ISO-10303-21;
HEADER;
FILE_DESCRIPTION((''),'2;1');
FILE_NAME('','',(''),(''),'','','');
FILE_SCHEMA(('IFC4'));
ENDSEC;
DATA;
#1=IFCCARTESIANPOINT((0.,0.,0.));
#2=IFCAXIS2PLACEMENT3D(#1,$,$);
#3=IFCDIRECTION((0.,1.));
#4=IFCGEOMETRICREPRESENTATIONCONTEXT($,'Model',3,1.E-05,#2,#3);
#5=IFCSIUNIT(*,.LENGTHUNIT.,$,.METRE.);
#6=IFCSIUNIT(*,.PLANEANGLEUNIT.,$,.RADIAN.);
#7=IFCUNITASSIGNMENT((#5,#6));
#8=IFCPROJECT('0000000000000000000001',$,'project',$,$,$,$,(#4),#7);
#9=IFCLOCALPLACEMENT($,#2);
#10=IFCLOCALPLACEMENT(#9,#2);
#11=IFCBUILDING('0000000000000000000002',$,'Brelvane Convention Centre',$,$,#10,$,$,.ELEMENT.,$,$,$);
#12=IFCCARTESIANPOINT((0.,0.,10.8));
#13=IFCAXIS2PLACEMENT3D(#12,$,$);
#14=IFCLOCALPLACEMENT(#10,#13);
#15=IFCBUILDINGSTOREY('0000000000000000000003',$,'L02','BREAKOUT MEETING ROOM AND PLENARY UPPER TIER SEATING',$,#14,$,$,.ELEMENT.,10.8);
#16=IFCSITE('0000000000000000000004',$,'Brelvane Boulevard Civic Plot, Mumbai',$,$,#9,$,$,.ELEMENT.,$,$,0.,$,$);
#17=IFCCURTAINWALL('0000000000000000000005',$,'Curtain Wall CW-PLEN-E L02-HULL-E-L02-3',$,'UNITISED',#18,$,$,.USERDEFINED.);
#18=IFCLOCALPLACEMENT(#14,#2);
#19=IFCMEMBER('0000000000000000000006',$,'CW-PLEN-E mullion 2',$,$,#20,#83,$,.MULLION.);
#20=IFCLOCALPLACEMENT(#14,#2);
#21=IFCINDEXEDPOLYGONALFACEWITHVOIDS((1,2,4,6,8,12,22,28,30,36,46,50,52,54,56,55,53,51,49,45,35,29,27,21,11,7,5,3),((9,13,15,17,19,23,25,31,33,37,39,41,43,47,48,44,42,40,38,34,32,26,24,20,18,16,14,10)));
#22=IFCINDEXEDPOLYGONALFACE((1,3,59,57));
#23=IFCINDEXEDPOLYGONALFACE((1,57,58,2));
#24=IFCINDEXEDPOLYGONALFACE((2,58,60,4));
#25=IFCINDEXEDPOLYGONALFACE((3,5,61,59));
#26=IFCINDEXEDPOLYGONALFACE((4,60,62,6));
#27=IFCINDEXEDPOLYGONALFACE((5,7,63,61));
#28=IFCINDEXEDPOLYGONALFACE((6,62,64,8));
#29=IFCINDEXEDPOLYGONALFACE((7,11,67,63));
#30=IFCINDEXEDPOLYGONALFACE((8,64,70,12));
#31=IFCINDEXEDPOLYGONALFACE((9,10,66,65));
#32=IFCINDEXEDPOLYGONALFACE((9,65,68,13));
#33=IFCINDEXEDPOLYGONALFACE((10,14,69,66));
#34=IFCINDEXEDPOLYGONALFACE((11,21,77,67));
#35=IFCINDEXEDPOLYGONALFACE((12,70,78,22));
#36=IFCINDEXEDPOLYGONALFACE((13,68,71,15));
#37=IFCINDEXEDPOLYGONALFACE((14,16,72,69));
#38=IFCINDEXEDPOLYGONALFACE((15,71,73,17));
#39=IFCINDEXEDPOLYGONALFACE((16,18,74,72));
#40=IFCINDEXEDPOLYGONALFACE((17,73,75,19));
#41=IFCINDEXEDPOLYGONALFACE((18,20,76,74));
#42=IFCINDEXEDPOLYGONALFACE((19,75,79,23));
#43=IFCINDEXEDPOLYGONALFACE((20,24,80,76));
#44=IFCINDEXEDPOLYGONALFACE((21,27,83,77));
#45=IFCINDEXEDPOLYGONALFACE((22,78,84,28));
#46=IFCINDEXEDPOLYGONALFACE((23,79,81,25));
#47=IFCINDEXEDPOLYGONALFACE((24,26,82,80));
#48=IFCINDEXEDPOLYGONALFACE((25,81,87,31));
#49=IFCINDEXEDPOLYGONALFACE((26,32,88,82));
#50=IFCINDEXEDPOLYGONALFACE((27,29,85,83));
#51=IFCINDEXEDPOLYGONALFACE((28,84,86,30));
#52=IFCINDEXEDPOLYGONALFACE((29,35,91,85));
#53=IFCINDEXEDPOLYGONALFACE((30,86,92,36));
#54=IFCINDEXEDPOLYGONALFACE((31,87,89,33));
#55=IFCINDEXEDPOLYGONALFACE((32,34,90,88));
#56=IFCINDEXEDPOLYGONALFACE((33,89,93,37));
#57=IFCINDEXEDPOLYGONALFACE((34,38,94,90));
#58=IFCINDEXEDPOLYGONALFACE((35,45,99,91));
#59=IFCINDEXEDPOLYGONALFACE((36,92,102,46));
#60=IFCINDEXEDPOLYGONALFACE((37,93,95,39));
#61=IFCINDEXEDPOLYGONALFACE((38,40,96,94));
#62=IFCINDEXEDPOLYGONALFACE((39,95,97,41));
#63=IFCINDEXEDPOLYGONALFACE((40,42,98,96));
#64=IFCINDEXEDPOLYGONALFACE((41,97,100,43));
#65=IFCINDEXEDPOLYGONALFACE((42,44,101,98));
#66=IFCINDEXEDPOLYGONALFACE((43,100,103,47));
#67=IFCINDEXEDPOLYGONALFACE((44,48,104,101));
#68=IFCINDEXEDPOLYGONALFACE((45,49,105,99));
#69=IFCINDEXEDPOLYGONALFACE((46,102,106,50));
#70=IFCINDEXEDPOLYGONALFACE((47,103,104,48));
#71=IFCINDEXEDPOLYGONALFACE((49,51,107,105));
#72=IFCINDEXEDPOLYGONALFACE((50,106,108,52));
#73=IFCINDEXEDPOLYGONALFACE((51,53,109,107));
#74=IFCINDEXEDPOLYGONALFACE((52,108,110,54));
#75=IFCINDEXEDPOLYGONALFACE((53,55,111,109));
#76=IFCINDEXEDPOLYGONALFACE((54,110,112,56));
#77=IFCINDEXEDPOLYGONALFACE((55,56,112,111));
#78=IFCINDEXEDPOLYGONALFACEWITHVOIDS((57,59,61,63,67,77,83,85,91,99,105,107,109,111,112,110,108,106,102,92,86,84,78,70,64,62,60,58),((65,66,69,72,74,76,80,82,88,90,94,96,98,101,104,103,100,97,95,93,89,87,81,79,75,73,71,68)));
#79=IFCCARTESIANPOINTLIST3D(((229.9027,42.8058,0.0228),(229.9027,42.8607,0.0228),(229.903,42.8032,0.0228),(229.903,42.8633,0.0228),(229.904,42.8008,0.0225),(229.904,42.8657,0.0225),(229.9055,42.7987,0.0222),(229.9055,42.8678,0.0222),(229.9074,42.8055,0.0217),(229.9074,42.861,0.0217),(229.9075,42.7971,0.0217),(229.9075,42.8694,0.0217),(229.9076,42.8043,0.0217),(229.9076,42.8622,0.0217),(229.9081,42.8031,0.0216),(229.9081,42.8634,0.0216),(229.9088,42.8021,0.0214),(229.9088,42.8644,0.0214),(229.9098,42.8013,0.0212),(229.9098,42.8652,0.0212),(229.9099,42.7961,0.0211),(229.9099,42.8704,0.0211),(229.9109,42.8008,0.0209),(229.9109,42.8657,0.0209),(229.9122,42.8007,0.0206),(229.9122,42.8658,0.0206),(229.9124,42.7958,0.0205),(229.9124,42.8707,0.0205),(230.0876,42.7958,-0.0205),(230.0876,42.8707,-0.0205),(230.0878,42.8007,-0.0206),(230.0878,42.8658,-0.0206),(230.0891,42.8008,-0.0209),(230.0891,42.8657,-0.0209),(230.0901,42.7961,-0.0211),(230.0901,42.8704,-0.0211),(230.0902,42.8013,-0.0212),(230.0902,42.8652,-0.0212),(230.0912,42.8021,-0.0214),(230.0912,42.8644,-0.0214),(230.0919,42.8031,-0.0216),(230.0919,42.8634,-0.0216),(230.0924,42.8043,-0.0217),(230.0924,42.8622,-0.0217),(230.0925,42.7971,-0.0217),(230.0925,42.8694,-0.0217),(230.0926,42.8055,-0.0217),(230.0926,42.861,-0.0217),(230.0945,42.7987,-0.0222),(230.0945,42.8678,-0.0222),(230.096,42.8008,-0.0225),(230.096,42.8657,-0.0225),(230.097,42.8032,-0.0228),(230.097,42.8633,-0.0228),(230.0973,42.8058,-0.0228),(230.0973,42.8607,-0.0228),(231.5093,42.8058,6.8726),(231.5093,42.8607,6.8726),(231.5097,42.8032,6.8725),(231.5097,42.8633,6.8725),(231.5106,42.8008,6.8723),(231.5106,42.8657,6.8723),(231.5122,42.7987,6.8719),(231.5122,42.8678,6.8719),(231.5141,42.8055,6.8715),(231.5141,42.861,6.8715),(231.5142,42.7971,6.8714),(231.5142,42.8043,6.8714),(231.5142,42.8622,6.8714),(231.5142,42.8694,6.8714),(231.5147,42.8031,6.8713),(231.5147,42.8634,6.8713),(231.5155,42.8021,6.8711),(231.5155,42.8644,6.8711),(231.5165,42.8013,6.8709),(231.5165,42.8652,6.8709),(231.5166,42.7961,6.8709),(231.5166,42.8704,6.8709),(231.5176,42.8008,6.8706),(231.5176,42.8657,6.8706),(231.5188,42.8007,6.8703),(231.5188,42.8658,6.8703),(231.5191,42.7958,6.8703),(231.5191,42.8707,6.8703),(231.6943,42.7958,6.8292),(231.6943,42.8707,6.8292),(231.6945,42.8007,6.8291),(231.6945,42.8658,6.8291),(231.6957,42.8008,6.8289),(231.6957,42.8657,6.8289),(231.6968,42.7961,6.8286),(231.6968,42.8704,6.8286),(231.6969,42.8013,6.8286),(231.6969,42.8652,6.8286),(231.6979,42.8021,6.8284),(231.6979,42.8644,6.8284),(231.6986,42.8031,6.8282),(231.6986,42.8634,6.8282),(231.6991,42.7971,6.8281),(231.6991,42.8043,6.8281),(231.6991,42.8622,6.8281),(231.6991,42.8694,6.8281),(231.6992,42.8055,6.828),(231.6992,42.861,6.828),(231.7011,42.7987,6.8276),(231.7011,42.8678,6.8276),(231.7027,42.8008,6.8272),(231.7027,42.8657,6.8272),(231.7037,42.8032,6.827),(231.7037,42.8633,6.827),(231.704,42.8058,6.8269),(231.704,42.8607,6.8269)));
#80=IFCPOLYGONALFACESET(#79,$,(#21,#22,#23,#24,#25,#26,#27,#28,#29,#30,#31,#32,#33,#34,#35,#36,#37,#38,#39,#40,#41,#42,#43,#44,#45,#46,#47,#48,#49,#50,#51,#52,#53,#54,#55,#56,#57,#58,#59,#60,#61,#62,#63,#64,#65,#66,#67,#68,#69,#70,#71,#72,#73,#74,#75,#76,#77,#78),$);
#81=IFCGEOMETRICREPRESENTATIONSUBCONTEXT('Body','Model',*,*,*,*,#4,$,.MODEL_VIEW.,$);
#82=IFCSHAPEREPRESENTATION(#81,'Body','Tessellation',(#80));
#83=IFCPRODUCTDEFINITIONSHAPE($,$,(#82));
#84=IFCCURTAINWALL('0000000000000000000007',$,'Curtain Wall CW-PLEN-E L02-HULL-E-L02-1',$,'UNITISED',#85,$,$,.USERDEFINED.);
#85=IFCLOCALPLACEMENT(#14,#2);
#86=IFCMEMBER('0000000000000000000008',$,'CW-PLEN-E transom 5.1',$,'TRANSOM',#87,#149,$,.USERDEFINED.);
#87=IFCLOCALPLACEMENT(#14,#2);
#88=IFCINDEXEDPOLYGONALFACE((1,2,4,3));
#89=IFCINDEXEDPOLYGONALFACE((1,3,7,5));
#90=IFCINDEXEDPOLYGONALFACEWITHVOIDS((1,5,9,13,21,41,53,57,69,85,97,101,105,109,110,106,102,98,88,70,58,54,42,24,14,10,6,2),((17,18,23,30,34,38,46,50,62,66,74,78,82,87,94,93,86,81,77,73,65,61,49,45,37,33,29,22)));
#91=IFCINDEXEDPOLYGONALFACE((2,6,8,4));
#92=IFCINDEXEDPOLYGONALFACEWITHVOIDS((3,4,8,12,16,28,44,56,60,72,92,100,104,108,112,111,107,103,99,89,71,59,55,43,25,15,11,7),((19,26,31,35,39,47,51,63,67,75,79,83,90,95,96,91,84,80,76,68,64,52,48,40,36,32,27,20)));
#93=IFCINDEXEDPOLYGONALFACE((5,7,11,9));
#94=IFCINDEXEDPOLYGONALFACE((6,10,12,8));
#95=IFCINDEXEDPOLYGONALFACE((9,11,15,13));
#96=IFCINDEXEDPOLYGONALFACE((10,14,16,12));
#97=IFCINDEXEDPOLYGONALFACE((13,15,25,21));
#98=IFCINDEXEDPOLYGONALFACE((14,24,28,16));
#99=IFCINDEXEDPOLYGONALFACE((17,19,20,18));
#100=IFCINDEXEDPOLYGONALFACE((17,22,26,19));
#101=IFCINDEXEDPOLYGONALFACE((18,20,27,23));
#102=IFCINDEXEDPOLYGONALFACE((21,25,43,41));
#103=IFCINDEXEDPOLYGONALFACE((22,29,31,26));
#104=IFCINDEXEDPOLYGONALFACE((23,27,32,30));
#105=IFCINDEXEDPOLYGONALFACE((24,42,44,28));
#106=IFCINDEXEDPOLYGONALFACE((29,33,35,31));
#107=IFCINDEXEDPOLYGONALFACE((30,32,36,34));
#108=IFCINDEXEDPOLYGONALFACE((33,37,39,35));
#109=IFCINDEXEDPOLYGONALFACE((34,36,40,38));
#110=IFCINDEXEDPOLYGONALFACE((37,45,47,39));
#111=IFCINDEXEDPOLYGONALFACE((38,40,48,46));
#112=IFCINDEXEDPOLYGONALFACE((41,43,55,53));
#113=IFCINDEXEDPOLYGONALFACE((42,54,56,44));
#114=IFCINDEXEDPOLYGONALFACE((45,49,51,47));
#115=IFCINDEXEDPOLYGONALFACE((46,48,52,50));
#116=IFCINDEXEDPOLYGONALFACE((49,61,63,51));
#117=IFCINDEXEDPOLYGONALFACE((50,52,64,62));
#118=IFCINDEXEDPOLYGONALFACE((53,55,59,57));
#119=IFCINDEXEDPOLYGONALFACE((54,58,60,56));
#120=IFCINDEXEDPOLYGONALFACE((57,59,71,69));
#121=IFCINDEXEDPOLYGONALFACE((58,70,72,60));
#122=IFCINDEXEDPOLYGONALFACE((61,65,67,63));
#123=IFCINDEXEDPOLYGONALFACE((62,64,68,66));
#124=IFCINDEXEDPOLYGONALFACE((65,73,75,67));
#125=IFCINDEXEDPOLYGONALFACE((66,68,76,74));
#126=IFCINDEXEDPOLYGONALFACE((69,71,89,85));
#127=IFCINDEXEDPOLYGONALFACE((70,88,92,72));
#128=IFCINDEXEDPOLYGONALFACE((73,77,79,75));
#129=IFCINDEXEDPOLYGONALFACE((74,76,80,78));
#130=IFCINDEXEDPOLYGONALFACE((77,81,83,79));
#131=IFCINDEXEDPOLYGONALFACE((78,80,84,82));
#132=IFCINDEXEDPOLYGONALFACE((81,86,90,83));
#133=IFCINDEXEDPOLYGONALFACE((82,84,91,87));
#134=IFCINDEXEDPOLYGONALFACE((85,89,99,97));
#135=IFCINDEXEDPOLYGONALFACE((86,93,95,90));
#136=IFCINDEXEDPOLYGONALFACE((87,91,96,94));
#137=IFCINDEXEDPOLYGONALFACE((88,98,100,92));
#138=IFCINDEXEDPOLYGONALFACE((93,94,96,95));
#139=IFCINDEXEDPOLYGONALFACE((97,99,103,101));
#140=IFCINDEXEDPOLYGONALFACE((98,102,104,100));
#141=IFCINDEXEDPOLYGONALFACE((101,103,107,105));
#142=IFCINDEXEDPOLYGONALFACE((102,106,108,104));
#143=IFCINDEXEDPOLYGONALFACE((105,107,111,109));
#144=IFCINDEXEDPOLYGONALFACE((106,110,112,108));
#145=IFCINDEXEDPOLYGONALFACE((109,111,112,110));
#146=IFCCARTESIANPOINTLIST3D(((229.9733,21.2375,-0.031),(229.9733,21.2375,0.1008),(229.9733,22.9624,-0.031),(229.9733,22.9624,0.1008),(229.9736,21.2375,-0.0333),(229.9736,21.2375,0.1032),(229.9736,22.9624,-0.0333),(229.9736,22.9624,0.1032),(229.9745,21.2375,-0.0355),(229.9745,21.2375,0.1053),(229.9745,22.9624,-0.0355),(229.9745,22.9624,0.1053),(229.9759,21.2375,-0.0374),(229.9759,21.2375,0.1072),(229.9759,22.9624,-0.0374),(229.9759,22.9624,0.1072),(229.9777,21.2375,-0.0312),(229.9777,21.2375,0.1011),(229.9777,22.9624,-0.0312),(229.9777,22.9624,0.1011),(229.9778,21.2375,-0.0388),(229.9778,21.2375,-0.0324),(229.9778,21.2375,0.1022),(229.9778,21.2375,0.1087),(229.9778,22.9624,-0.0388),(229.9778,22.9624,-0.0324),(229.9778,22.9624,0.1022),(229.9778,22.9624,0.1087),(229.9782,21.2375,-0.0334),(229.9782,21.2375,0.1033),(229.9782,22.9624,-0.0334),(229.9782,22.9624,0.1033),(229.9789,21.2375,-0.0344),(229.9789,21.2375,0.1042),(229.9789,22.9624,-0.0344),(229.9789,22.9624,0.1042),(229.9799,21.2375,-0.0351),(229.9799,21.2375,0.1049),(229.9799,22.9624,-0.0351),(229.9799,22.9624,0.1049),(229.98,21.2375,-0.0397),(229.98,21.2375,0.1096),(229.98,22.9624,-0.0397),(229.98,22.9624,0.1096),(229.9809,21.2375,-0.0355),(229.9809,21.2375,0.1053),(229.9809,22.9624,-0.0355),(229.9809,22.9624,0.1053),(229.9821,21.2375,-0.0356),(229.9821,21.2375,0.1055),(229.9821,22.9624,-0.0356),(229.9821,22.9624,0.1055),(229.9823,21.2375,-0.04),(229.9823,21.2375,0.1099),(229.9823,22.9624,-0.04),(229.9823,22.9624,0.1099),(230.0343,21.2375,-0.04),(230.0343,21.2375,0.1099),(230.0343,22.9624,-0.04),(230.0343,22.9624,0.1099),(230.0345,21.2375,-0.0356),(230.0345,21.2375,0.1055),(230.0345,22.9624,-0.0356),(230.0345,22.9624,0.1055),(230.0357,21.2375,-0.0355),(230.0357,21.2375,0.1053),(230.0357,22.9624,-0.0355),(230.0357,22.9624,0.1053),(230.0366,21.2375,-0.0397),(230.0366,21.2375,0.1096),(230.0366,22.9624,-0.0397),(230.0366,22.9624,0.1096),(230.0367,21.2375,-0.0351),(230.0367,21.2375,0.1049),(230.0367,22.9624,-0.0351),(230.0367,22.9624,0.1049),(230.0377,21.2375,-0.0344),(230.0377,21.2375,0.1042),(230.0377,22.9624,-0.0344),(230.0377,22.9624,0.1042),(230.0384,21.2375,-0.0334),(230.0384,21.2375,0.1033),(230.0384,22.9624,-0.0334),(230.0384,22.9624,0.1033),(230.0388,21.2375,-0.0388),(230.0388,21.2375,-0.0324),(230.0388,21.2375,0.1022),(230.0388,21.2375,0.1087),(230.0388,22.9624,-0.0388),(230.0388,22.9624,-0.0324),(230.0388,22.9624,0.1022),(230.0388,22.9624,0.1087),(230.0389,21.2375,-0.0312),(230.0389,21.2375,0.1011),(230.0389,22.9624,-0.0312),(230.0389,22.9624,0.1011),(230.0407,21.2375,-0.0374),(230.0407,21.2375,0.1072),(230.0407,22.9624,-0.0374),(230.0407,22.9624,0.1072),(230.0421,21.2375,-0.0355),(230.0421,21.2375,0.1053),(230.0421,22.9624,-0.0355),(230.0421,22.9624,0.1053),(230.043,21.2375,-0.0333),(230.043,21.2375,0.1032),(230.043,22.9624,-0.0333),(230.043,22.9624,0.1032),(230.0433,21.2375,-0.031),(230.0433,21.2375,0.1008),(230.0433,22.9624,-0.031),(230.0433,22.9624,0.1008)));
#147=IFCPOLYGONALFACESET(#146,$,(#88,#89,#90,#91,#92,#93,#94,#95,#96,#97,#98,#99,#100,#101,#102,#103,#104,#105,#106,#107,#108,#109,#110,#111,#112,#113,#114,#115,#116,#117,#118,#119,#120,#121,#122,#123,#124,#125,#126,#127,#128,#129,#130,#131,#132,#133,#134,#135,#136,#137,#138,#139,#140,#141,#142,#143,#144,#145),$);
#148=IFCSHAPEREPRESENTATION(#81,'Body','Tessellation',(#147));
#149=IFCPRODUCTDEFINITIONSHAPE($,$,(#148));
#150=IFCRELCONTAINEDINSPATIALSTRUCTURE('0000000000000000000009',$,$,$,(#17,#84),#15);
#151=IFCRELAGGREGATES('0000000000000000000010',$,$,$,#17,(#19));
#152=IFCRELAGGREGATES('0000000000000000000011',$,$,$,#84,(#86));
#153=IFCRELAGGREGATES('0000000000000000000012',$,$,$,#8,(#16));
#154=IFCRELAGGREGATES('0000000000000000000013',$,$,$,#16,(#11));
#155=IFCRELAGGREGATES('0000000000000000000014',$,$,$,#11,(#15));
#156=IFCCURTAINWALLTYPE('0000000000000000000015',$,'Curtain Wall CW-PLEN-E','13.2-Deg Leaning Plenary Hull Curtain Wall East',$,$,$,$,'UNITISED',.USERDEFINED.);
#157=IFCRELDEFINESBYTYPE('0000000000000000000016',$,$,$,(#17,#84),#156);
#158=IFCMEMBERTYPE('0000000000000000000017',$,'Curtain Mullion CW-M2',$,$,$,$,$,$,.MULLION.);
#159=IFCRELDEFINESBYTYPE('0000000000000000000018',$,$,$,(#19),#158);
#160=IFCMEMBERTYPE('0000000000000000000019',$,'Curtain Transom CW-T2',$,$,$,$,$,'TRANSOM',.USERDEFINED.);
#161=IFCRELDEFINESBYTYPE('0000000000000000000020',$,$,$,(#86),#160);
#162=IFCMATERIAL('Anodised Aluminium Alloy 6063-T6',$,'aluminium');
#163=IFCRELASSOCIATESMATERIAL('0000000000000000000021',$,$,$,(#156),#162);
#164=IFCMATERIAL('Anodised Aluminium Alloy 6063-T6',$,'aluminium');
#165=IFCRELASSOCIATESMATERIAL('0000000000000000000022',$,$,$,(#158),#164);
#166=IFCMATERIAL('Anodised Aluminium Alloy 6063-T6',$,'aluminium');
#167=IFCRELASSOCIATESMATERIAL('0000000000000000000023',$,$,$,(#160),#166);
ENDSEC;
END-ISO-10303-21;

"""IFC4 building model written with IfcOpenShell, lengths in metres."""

from ifc_helpers import new_model, si_unit, direction, frame, origin, origin_2d, place, context, subcontext, project, spatial, hollow_rectangle, extrude, material, material_profile, profile_set, type_object, element, aggregate, save


model = new_model("IFC4")

# Units and contexts
model_context = context("Model", 3, precision=1e-05, world=origin(), true_north=direction((0.0, 1.0)))
body_context = subcontext(model_context, "Body", "Model", "MODEL_VIEW")
ifc_project = project(units=[si_unit("LENGTHUNIT", "METRE"), si_unit("PLANEANGLEUNIT", "RADIAN")], contexts=[model_context])

# Site, building, storey
site_placement = place(None, origin())
site = spatial("IfcSite", under=ifc_project, at=site_placement, Name="Brelvane Boulevard Civic Plot, Mumbai", CompositionType="ELEMENT", RefElevation=0.0)
building_placement = place(site_placement, origin())
building = spatial("IfcBuilding", under=site, at=building_placement, Name="Brelvane Convention Centre", CompositionType="ELEMENT")
storey_placement = place(building_placement, frame((0.0, 0.0, 10.8)))
storey = spatial("IfcBuildingStorey", under=building, at=storey_placement, Name="L02", Description="BREAKOUT MEETING ROOM AND PLENARY UPPER TIER SEATING", CompositionType="ELEMENT", Elevation=10.8)

# Curtain walls, members
ifc_material_1 = material(Name="Anodised Aluminium Alloy 6063-T6", Category="aluminium")
curtain_wall_type = type_object("IfcCurtainWallType", Name="Curtain Wall CW-PLEN-E", Description="13.2-Deg Leaning Plenary Hull Curtain Wall East", ElementType="UNITISED", PredefinedType="USERDEFINED", material=ifc_material_1)
ifc_material_2 = material(Name="Anodised Aluminium Alloy 6063-T6", Category="aluminium")
ifc_material_profile_1 = material_profile(ifc_material_2, hollow_rectangle(XDim=0.075, YDim=0.2, WallThickness=0.0049, InnerFilletRadius=0.0049, OuterFilletRadius=0.01, at=origin_2d()), Name="ALU-M 200x75x5.0")
ifc_profile_set_1 = profile_set([ifc_material_profile_1], Name="Anodised Aluminium Alloy 6063-T6")
member_type_1 = type_object("IfcMemberType", Name="Curtain Mullion CW-M2", PredefinedType="MULLION", material=ifc_profile_set_1)
curtain_wall_1_placement = place(storey_placement, origin())
curtain_wall_1 = element("IfcCurtainWall", 1, at=curtain_wall_1_placement, inside=storey, type_object=curtain_wall_type, Name="Curtain Wall CW-PLEN-E L02-HULL-E-L02-3", ObjectType="UNITISED", PredefinedType="USERDEFINED")
member_1_placement = place(storey_placement, frame((230.0, 42.8333, 0.0), z_axis=(0.22836, 0.0, 0.973577), x_axis=(0.0, 1.0, 0.0)))
member_1 = element("IfcMember", 2, at=member_1_placement, type_object=member_type_1, Name="CW-PLEN-E mullion 2", PredefinedType="MULLION", context=body_context, shape_type="SweptSolid", body=[
    extrude(hollow_rectangle(XDim=0.075, YDim=0.2, WallThickness=0.0049, InnerFilletRadius=0.0049, OuterFilletRadius=0.01, at=origin_2d()), origin(), (0.0, 0.0, 1.0), 7.0356),
])
curtain_wall_2_placement = place(storey_placement, origin())
curtain_wall_2 = element("IfcCurtainWall", 3, at=curtain_wall_2_placement, inside=storey, type_object=curtain_wall_type, Name="Curtain Wall CW-PLEN-E L02-HULL-E-L02-1", ObjectType="UNITISED", PredefinedType="USERDEFINED")
ifc_material_3 = material(Name="Anodised Aluminium Alloy 6063-T6", Category="aluminium")
ifc_material_profile_2 = material_profile(ifc_material_3, hollow_rectangle(XDim=0.0701, YDim=0.1499, WallThickness=0.0044, InnerFilletRadius=0.0044, OuterFilletRadius=0.009, at=origin_2d()), Name="ALU-T 150x70x4.5")
ifc_profile_set_2 = profile_set([ifc_material_profile_2], Name="Anodised Aluminium Alloy 6063-T6")
member_type_2 = type_object("IfcMemberType", Name="Curtain Transom CW-T2", ElementType="TRANSOM", PredefinedType="USERDEFINED", material=ifc_profile_set_2)
member_2_placement = place(storey_placement, frame((230.0083, 21.2375, 0.0349), z_axis=(0.0, 1.0, 0.0), x_axis=(-1.0, 0.0, 0.0)))
member_2 = element("IfcMember", 4, at=member_2_placement, type_object=member_type_2, Name="CW-PLEN-E transom 5.1", ObjectType="TRANSOM", PredefinedType="USERDEFINED", context=body_context, shape_type="SweptSolid", body=[
    extrude(hollow_rectangle(XDim=0.0701, YDim=0.1499, WallThickness=0.0044, InnerFilletRadius=0.0044, OuterFilletRadius=0.009, at=origin_2d()), origin(), (0.0, 0.0, 1.0), 1.7249),
])

aggregate(curtain_wall_1, [member_1])

aggregate(curtain_wall_2, [member_2])

save(model, "model.ifc")
